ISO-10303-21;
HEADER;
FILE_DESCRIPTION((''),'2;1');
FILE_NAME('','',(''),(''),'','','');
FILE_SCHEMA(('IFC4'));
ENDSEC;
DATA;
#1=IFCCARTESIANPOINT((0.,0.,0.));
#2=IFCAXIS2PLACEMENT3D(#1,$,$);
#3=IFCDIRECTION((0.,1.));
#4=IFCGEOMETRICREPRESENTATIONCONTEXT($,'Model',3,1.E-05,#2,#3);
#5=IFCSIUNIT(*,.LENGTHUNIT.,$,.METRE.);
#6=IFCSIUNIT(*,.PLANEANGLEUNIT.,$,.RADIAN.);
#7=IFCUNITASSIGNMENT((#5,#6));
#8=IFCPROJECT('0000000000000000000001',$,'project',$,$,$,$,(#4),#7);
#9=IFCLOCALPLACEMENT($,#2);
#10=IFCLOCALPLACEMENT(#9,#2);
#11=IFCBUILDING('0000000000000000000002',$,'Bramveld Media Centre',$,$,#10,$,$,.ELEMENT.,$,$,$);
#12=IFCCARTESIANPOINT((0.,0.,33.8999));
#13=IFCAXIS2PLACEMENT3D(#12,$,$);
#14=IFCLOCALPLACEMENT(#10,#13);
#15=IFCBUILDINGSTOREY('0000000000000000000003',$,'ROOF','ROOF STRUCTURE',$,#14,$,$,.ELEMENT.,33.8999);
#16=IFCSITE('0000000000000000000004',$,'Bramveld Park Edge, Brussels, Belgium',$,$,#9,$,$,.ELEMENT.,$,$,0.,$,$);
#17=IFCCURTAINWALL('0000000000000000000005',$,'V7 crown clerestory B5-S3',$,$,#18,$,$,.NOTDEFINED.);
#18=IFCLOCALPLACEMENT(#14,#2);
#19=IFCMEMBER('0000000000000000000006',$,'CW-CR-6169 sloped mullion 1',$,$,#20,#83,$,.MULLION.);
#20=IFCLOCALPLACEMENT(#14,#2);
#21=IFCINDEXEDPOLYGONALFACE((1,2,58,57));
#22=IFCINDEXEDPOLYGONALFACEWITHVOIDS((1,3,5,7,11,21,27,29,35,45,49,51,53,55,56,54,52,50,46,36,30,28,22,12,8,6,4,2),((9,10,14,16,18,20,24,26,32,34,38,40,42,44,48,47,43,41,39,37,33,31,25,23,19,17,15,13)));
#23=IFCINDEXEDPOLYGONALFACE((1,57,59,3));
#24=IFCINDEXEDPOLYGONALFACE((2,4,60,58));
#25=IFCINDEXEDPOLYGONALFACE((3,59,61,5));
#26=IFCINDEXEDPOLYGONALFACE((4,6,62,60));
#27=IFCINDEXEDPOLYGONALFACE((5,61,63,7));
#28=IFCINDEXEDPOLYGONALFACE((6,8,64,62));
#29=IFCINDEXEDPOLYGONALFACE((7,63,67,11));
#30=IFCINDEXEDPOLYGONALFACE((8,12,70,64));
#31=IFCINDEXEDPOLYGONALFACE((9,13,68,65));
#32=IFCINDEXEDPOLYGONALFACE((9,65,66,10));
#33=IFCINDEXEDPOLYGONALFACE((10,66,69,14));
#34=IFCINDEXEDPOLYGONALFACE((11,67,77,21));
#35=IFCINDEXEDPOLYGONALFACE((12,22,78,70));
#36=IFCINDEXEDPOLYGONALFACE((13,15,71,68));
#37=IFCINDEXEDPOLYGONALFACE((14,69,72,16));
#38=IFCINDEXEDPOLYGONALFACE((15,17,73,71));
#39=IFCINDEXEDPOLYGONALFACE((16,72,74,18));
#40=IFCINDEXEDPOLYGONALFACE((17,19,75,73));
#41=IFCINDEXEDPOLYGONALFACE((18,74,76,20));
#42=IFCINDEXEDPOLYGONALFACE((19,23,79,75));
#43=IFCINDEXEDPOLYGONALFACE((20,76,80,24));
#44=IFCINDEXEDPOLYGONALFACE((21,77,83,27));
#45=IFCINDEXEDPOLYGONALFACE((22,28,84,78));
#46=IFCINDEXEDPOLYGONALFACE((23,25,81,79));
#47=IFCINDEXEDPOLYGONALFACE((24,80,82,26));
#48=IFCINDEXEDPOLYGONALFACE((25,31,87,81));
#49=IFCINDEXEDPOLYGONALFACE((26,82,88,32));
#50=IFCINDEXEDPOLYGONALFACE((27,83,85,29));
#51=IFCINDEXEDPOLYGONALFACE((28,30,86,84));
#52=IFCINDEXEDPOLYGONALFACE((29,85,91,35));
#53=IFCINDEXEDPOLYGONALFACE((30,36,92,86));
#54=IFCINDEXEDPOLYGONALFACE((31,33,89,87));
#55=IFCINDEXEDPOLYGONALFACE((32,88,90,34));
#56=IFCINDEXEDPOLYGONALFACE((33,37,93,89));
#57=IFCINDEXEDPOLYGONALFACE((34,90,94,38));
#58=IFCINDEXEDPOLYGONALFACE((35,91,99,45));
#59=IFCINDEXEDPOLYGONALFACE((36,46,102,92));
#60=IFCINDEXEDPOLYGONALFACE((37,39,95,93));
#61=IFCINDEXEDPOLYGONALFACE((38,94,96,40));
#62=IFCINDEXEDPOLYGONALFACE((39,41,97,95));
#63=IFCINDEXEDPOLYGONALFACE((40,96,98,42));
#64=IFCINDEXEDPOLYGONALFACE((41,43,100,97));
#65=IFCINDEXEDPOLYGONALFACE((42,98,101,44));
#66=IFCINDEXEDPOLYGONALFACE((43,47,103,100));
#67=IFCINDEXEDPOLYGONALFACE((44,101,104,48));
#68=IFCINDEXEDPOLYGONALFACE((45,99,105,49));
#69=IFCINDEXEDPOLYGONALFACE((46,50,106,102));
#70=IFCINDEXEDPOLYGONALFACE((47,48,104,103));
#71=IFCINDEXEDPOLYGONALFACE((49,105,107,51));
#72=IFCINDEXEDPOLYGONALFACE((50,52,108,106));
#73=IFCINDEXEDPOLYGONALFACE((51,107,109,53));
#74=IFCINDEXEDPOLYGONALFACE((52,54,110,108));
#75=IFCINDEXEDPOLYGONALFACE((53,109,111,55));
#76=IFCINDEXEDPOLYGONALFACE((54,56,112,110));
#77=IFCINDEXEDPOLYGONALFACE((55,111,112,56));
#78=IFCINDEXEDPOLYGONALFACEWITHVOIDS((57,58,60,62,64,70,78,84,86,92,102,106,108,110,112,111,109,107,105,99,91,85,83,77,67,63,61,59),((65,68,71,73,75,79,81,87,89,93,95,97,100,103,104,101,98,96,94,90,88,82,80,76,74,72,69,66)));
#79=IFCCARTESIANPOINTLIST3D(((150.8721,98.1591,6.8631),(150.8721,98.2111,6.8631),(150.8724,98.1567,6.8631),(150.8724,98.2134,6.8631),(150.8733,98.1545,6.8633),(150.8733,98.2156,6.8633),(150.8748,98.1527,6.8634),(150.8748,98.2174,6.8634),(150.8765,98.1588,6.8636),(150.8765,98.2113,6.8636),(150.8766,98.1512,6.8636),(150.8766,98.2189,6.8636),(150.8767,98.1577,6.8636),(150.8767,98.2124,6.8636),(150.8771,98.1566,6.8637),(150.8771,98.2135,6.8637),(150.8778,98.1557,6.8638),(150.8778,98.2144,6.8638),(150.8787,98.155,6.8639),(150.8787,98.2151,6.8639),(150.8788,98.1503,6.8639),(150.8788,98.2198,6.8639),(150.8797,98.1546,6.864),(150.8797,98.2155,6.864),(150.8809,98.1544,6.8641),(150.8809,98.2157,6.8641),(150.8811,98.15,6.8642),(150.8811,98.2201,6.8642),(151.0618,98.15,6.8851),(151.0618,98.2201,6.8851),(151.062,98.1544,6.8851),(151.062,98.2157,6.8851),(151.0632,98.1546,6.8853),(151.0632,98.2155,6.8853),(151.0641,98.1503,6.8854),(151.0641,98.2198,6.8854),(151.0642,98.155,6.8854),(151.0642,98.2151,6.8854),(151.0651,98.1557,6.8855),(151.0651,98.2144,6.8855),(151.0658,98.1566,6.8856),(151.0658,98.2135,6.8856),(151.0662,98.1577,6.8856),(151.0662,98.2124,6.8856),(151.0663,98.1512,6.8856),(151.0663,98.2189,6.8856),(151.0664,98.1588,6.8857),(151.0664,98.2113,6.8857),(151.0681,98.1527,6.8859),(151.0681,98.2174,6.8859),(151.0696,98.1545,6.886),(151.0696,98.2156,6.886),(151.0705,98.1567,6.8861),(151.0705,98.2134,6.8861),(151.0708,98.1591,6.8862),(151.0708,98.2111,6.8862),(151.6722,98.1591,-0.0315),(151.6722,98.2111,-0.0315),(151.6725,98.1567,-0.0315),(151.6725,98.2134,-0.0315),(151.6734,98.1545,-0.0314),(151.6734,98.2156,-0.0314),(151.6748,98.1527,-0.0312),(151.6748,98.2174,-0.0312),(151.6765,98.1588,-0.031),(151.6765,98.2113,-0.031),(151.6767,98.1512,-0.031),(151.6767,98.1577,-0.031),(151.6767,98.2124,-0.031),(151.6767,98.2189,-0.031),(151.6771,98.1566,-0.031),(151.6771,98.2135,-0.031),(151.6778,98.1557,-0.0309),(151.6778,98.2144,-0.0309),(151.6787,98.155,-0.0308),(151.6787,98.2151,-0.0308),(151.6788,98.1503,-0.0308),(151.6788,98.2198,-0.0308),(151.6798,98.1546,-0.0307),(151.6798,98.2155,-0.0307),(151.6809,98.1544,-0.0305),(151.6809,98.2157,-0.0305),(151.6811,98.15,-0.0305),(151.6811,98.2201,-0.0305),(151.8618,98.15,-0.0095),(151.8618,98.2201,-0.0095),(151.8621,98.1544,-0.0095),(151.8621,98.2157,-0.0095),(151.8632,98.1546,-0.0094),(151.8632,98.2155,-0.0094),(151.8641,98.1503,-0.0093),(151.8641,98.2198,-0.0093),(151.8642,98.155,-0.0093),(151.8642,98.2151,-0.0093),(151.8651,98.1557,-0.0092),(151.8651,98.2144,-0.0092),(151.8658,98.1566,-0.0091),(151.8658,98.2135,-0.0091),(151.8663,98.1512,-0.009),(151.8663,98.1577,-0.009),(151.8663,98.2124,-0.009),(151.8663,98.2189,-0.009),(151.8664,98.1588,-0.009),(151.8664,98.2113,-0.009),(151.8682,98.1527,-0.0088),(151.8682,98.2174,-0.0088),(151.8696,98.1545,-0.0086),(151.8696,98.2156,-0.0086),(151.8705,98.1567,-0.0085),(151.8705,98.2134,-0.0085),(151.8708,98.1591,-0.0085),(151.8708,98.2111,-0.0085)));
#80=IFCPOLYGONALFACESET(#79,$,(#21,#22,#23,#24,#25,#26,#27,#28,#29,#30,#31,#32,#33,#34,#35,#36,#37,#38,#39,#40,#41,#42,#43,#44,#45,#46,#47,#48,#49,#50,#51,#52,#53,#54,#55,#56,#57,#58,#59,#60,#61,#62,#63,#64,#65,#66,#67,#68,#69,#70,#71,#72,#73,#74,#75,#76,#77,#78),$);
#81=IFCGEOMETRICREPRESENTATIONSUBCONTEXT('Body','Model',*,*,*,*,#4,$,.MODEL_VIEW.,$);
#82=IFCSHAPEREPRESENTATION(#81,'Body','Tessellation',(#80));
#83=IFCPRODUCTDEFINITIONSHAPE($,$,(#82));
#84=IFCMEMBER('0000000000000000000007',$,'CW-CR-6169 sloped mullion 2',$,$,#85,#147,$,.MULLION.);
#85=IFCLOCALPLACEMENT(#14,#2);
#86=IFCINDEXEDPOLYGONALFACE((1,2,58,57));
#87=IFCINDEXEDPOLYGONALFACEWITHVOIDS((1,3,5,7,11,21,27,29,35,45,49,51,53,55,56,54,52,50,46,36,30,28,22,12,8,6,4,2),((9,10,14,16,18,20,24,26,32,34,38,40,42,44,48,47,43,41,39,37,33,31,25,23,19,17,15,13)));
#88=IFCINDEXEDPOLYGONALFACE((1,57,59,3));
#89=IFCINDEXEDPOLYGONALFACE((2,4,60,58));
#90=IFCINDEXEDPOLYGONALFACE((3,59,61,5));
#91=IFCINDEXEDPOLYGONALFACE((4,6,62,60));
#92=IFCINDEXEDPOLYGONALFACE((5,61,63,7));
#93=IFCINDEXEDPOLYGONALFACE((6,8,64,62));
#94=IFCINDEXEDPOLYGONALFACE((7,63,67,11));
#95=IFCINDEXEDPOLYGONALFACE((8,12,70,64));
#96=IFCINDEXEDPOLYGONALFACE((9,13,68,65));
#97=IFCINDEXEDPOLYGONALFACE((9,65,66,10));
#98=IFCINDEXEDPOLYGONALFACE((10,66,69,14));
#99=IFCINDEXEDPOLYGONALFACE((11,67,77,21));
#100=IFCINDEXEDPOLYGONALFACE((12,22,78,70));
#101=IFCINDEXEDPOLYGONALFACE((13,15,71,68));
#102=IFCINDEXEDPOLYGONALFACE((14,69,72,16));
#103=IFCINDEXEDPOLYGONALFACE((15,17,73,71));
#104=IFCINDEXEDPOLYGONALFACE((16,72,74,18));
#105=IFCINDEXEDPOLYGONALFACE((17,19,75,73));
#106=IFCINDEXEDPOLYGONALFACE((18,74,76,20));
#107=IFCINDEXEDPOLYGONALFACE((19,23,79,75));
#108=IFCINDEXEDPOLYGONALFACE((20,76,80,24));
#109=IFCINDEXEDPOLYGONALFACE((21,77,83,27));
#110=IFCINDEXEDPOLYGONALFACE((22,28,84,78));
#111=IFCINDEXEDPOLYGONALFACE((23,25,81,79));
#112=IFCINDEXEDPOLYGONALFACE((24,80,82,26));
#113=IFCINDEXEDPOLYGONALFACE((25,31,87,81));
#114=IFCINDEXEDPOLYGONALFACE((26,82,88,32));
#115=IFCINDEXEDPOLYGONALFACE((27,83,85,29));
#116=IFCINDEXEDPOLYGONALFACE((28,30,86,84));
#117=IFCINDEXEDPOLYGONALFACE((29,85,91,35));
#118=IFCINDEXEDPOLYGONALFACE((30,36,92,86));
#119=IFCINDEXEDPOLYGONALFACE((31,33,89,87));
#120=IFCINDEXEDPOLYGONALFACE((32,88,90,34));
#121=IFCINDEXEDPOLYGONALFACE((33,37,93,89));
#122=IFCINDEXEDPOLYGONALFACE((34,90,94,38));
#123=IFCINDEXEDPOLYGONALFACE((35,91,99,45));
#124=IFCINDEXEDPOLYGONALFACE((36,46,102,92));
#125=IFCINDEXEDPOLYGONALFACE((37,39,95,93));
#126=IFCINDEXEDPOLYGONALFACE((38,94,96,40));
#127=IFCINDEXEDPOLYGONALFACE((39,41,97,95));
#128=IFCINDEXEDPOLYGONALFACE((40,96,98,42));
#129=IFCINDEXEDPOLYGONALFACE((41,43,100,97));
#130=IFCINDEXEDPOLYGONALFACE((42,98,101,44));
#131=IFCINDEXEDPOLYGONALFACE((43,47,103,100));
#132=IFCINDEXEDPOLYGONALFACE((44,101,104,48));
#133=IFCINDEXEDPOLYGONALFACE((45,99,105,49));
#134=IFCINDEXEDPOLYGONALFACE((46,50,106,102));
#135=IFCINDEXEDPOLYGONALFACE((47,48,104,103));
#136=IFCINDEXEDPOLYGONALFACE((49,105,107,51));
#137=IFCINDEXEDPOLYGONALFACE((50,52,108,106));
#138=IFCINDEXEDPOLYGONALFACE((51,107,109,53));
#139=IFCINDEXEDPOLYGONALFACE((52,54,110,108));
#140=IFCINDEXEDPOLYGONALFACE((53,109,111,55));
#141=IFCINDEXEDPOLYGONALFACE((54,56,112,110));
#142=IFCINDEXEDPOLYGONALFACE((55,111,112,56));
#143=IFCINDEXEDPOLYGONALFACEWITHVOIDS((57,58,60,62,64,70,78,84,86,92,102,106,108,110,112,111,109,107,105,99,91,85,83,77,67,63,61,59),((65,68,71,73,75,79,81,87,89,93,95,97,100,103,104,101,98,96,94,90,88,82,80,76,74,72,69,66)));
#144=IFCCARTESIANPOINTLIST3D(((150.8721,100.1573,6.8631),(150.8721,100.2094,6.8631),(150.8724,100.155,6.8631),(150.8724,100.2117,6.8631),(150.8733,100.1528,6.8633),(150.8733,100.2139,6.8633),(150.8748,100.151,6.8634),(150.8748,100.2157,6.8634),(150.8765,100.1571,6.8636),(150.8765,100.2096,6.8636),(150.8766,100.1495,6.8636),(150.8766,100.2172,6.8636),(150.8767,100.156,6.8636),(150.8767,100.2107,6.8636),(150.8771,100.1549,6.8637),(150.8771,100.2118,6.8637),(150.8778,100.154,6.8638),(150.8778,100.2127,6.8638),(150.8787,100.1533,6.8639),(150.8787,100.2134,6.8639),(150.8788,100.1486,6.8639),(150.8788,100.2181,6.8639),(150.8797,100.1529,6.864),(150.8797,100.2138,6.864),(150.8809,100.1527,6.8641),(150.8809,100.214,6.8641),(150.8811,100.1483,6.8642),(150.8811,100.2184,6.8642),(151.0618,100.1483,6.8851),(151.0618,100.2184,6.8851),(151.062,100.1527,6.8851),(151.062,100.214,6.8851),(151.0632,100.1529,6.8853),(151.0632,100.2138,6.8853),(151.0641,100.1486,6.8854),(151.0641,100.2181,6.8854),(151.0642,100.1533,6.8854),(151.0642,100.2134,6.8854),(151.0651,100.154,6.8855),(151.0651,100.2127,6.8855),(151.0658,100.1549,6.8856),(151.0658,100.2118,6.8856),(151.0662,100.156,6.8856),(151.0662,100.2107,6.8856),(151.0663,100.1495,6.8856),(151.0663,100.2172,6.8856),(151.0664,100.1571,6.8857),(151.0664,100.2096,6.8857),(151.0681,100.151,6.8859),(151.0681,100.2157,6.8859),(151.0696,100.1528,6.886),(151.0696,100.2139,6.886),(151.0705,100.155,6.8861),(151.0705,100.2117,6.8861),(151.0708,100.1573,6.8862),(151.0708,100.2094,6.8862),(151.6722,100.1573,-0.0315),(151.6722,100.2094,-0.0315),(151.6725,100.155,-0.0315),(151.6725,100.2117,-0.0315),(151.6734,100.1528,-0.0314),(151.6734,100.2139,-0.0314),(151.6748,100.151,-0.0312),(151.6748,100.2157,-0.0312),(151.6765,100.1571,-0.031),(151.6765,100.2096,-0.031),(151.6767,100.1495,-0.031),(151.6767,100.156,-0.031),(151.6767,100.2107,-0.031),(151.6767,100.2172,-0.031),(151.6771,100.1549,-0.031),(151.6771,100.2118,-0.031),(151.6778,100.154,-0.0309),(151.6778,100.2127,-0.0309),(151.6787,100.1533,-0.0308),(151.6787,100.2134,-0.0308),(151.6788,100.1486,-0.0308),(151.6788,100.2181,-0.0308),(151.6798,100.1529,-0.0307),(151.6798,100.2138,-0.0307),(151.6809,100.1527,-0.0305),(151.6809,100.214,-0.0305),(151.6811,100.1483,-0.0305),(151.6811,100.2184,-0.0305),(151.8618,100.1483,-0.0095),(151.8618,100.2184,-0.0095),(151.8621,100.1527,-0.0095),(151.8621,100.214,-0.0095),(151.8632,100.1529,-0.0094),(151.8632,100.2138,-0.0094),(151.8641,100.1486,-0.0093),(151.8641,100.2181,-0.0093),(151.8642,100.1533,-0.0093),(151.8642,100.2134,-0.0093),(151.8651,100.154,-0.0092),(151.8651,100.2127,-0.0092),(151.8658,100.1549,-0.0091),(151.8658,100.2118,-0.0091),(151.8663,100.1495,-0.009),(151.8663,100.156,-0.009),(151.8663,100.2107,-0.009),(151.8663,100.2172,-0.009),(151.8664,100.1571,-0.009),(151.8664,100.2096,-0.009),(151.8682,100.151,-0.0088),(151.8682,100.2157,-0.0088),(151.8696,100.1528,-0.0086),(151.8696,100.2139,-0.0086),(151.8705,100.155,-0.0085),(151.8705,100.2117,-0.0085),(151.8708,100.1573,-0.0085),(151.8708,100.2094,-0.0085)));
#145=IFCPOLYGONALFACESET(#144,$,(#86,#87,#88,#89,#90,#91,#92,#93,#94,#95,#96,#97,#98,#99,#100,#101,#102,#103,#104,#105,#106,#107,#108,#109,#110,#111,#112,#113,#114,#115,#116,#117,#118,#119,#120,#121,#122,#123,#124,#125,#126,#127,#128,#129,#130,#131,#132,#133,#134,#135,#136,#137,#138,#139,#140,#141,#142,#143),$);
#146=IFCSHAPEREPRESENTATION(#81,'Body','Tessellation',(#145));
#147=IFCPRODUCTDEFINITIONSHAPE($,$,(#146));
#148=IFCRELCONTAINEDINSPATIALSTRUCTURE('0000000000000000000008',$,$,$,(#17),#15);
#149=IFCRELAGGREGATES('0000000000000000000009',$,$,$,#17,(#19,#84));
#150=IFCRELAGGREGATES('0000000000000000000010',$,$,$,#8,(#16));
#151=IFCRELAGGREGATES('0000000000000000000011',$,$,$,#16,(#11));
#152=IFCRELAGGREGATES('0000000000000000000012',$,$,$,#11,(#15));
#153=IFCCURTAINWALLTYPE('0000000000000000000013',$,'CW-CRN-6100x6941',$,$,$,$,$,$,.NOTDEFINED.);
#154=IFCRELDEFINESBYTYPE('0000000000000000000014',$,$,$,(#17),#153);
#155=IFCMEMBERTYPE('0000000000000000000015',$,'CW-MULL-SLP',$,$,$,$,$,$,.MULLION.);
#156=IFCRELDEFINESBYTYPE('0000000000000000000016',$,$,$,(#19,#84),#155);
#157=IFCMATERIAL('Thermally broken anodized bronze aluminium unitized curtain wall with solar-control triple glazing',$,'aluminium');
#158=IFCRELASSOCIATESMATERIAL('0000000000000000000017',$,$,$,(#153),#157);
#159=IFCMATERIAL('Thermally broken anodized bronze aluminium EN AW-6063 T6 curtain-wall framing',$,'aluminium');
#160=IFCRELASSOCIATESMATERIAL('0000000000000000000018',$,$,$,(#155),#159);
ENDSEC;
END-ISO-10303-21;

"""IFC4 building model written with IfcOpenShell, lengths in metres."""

from ifc_helpers import new_model, si_unit, direction, frame, origin, origin_2d, place, context, subcontext, project, spatial, hollow_rectangle, extrude, material, material_profile, profile_set, type_object, element, aggregate, save


model = new_model("IFC4")

# Units and contexts
model_context = context("Model", 3, precision=1e-05, world=origin(), true_north=direction((0.0, 1.0)))
body_context = subcontext(model_context, "Body", "Model", "MODEL_VIEW")
ifc_project = project(units=[si_unit("LENGTHUNIT", "METRE"), si_unit("PLANEANGLEUNIT", "RADIAN")], contexts=[model_context])

# Site, building, storey
site_placement = place(None, origin())
site = spatial("IfcSite", under=ifc_project, at=site_placement, Name="Bramveld Park Edge, Brussels, Belgium", CompositionType="ELEMENT", RefElevation=0.0)
building_placement = place(site_placement, origin())
building = spatial("IfcBuilding", under=site, at=building_placement, Name="Bramveld Media Centre", CompositionType="ELEMENT")
storey_placement = place(building_placement, frame((0.0, 0.0, 33.8999)))
storey = spatial("IfcBuildingStorey", under=building, at=storey_placement, Name="ROOF", Description="ROOF STRUCTURE", CompositionType="ELEMENT", Elevation=33.8999)

# Curtain wall, members
ifc_material_1 = material(Name="Thermally broken anodized bronze aluminium unitized curtain wall with solar-control triple glazing", Category="aluminium")
curtain_wall_type = type_object("IfcCurtainWallType", Name="CW-CRN-6100x6941", PredefinedType="NOTDEFINED", material=ifc_material_1)
curtain_wall_placement = place(storey_placement, origin())
curtain_wall = element("IfcCurtainWall", 1, at=curtain_wall_placement, inside=storey, type_object=curtain_wall_type, Name="V7 crown clerestory B5-S3", PredefinedType="NOTDEFINED")
ifc_material_2 = material(Name="Thermally broken anodized bronze aluminium EN AW-6063 T6 curtain-wall framing", Category="aluminium")
ifc_material_profile_1 = material_profile(ifc_material_2, hollow_rectangle(XDim=0.0701, YDim=0.2, WallThickness=0.0044, InnerFilletRadius=0.0044, OuterFilletRadius=0.009, at=origin_2d()), Name="AL-MULL 70x200")
ifc_profile_set_1 = profile_set([ifc_material_profile_1], Name="Thermally broken anodized bronze aluminium EN AW-6063 T6 curtain-wall framing")
member_type_1 = type_object("IfcMemberType", Name="CW-MULL-SLP", PredefinedType="MULLION", material=ifc_profile_set_1)
member_1_placement = place(storey_placement, frame((151.7715, 98.1851, -0.02), z_axis=(-0.115264, 0.0, 0.993335), x_axis=(0.0, -1.0, 0.0)))
member_1 = element("IfcMember", 2, at=member_1_placement, type_object=member_type_1, Name="CW-CR-6169 sloped mullion 1", PredefinedType="MULLION", context=body_context, shape_type="SweptSolid", body=[
    extrude(hollow_rectangle(XDim=0.0701, YDim=0.2, WallThickness=0.0044, InnerFilletRadius=0.0044, OuterFilletRadius=0.009, at=origin_2d()), origin(), (0.0, 0.0, 1.0), 6.9409),
])
member_2_placement = place(storey_placement, frame((151.7715, 100.1833, -0.02), z_axis=(-0.115264, 0.0, 0.993335), x_axis=(0.0, -1.0, 0.0)))
member_2 = element("IfcMember", 3, at=member_2_placement, type_object=member_type_1, Name="CW-CR-6169 sloped mullion 2", PredefinedType="MULLION", context=body_context, shape_type="SweptSolid", body=[
    extrude(hollow_rectangle(XDim=0.0701, YDim=0.2, WallThickness=0.0044, InnerFilletRadius=0.0044, OuterFilletRadius=0.009, at=origin_2d()), origin(), (0.0, 0.0, 1.0), 6.9409),
])

aggregate(curtain_wall, [member_1, member_2])

save(model, "model.ifc")
